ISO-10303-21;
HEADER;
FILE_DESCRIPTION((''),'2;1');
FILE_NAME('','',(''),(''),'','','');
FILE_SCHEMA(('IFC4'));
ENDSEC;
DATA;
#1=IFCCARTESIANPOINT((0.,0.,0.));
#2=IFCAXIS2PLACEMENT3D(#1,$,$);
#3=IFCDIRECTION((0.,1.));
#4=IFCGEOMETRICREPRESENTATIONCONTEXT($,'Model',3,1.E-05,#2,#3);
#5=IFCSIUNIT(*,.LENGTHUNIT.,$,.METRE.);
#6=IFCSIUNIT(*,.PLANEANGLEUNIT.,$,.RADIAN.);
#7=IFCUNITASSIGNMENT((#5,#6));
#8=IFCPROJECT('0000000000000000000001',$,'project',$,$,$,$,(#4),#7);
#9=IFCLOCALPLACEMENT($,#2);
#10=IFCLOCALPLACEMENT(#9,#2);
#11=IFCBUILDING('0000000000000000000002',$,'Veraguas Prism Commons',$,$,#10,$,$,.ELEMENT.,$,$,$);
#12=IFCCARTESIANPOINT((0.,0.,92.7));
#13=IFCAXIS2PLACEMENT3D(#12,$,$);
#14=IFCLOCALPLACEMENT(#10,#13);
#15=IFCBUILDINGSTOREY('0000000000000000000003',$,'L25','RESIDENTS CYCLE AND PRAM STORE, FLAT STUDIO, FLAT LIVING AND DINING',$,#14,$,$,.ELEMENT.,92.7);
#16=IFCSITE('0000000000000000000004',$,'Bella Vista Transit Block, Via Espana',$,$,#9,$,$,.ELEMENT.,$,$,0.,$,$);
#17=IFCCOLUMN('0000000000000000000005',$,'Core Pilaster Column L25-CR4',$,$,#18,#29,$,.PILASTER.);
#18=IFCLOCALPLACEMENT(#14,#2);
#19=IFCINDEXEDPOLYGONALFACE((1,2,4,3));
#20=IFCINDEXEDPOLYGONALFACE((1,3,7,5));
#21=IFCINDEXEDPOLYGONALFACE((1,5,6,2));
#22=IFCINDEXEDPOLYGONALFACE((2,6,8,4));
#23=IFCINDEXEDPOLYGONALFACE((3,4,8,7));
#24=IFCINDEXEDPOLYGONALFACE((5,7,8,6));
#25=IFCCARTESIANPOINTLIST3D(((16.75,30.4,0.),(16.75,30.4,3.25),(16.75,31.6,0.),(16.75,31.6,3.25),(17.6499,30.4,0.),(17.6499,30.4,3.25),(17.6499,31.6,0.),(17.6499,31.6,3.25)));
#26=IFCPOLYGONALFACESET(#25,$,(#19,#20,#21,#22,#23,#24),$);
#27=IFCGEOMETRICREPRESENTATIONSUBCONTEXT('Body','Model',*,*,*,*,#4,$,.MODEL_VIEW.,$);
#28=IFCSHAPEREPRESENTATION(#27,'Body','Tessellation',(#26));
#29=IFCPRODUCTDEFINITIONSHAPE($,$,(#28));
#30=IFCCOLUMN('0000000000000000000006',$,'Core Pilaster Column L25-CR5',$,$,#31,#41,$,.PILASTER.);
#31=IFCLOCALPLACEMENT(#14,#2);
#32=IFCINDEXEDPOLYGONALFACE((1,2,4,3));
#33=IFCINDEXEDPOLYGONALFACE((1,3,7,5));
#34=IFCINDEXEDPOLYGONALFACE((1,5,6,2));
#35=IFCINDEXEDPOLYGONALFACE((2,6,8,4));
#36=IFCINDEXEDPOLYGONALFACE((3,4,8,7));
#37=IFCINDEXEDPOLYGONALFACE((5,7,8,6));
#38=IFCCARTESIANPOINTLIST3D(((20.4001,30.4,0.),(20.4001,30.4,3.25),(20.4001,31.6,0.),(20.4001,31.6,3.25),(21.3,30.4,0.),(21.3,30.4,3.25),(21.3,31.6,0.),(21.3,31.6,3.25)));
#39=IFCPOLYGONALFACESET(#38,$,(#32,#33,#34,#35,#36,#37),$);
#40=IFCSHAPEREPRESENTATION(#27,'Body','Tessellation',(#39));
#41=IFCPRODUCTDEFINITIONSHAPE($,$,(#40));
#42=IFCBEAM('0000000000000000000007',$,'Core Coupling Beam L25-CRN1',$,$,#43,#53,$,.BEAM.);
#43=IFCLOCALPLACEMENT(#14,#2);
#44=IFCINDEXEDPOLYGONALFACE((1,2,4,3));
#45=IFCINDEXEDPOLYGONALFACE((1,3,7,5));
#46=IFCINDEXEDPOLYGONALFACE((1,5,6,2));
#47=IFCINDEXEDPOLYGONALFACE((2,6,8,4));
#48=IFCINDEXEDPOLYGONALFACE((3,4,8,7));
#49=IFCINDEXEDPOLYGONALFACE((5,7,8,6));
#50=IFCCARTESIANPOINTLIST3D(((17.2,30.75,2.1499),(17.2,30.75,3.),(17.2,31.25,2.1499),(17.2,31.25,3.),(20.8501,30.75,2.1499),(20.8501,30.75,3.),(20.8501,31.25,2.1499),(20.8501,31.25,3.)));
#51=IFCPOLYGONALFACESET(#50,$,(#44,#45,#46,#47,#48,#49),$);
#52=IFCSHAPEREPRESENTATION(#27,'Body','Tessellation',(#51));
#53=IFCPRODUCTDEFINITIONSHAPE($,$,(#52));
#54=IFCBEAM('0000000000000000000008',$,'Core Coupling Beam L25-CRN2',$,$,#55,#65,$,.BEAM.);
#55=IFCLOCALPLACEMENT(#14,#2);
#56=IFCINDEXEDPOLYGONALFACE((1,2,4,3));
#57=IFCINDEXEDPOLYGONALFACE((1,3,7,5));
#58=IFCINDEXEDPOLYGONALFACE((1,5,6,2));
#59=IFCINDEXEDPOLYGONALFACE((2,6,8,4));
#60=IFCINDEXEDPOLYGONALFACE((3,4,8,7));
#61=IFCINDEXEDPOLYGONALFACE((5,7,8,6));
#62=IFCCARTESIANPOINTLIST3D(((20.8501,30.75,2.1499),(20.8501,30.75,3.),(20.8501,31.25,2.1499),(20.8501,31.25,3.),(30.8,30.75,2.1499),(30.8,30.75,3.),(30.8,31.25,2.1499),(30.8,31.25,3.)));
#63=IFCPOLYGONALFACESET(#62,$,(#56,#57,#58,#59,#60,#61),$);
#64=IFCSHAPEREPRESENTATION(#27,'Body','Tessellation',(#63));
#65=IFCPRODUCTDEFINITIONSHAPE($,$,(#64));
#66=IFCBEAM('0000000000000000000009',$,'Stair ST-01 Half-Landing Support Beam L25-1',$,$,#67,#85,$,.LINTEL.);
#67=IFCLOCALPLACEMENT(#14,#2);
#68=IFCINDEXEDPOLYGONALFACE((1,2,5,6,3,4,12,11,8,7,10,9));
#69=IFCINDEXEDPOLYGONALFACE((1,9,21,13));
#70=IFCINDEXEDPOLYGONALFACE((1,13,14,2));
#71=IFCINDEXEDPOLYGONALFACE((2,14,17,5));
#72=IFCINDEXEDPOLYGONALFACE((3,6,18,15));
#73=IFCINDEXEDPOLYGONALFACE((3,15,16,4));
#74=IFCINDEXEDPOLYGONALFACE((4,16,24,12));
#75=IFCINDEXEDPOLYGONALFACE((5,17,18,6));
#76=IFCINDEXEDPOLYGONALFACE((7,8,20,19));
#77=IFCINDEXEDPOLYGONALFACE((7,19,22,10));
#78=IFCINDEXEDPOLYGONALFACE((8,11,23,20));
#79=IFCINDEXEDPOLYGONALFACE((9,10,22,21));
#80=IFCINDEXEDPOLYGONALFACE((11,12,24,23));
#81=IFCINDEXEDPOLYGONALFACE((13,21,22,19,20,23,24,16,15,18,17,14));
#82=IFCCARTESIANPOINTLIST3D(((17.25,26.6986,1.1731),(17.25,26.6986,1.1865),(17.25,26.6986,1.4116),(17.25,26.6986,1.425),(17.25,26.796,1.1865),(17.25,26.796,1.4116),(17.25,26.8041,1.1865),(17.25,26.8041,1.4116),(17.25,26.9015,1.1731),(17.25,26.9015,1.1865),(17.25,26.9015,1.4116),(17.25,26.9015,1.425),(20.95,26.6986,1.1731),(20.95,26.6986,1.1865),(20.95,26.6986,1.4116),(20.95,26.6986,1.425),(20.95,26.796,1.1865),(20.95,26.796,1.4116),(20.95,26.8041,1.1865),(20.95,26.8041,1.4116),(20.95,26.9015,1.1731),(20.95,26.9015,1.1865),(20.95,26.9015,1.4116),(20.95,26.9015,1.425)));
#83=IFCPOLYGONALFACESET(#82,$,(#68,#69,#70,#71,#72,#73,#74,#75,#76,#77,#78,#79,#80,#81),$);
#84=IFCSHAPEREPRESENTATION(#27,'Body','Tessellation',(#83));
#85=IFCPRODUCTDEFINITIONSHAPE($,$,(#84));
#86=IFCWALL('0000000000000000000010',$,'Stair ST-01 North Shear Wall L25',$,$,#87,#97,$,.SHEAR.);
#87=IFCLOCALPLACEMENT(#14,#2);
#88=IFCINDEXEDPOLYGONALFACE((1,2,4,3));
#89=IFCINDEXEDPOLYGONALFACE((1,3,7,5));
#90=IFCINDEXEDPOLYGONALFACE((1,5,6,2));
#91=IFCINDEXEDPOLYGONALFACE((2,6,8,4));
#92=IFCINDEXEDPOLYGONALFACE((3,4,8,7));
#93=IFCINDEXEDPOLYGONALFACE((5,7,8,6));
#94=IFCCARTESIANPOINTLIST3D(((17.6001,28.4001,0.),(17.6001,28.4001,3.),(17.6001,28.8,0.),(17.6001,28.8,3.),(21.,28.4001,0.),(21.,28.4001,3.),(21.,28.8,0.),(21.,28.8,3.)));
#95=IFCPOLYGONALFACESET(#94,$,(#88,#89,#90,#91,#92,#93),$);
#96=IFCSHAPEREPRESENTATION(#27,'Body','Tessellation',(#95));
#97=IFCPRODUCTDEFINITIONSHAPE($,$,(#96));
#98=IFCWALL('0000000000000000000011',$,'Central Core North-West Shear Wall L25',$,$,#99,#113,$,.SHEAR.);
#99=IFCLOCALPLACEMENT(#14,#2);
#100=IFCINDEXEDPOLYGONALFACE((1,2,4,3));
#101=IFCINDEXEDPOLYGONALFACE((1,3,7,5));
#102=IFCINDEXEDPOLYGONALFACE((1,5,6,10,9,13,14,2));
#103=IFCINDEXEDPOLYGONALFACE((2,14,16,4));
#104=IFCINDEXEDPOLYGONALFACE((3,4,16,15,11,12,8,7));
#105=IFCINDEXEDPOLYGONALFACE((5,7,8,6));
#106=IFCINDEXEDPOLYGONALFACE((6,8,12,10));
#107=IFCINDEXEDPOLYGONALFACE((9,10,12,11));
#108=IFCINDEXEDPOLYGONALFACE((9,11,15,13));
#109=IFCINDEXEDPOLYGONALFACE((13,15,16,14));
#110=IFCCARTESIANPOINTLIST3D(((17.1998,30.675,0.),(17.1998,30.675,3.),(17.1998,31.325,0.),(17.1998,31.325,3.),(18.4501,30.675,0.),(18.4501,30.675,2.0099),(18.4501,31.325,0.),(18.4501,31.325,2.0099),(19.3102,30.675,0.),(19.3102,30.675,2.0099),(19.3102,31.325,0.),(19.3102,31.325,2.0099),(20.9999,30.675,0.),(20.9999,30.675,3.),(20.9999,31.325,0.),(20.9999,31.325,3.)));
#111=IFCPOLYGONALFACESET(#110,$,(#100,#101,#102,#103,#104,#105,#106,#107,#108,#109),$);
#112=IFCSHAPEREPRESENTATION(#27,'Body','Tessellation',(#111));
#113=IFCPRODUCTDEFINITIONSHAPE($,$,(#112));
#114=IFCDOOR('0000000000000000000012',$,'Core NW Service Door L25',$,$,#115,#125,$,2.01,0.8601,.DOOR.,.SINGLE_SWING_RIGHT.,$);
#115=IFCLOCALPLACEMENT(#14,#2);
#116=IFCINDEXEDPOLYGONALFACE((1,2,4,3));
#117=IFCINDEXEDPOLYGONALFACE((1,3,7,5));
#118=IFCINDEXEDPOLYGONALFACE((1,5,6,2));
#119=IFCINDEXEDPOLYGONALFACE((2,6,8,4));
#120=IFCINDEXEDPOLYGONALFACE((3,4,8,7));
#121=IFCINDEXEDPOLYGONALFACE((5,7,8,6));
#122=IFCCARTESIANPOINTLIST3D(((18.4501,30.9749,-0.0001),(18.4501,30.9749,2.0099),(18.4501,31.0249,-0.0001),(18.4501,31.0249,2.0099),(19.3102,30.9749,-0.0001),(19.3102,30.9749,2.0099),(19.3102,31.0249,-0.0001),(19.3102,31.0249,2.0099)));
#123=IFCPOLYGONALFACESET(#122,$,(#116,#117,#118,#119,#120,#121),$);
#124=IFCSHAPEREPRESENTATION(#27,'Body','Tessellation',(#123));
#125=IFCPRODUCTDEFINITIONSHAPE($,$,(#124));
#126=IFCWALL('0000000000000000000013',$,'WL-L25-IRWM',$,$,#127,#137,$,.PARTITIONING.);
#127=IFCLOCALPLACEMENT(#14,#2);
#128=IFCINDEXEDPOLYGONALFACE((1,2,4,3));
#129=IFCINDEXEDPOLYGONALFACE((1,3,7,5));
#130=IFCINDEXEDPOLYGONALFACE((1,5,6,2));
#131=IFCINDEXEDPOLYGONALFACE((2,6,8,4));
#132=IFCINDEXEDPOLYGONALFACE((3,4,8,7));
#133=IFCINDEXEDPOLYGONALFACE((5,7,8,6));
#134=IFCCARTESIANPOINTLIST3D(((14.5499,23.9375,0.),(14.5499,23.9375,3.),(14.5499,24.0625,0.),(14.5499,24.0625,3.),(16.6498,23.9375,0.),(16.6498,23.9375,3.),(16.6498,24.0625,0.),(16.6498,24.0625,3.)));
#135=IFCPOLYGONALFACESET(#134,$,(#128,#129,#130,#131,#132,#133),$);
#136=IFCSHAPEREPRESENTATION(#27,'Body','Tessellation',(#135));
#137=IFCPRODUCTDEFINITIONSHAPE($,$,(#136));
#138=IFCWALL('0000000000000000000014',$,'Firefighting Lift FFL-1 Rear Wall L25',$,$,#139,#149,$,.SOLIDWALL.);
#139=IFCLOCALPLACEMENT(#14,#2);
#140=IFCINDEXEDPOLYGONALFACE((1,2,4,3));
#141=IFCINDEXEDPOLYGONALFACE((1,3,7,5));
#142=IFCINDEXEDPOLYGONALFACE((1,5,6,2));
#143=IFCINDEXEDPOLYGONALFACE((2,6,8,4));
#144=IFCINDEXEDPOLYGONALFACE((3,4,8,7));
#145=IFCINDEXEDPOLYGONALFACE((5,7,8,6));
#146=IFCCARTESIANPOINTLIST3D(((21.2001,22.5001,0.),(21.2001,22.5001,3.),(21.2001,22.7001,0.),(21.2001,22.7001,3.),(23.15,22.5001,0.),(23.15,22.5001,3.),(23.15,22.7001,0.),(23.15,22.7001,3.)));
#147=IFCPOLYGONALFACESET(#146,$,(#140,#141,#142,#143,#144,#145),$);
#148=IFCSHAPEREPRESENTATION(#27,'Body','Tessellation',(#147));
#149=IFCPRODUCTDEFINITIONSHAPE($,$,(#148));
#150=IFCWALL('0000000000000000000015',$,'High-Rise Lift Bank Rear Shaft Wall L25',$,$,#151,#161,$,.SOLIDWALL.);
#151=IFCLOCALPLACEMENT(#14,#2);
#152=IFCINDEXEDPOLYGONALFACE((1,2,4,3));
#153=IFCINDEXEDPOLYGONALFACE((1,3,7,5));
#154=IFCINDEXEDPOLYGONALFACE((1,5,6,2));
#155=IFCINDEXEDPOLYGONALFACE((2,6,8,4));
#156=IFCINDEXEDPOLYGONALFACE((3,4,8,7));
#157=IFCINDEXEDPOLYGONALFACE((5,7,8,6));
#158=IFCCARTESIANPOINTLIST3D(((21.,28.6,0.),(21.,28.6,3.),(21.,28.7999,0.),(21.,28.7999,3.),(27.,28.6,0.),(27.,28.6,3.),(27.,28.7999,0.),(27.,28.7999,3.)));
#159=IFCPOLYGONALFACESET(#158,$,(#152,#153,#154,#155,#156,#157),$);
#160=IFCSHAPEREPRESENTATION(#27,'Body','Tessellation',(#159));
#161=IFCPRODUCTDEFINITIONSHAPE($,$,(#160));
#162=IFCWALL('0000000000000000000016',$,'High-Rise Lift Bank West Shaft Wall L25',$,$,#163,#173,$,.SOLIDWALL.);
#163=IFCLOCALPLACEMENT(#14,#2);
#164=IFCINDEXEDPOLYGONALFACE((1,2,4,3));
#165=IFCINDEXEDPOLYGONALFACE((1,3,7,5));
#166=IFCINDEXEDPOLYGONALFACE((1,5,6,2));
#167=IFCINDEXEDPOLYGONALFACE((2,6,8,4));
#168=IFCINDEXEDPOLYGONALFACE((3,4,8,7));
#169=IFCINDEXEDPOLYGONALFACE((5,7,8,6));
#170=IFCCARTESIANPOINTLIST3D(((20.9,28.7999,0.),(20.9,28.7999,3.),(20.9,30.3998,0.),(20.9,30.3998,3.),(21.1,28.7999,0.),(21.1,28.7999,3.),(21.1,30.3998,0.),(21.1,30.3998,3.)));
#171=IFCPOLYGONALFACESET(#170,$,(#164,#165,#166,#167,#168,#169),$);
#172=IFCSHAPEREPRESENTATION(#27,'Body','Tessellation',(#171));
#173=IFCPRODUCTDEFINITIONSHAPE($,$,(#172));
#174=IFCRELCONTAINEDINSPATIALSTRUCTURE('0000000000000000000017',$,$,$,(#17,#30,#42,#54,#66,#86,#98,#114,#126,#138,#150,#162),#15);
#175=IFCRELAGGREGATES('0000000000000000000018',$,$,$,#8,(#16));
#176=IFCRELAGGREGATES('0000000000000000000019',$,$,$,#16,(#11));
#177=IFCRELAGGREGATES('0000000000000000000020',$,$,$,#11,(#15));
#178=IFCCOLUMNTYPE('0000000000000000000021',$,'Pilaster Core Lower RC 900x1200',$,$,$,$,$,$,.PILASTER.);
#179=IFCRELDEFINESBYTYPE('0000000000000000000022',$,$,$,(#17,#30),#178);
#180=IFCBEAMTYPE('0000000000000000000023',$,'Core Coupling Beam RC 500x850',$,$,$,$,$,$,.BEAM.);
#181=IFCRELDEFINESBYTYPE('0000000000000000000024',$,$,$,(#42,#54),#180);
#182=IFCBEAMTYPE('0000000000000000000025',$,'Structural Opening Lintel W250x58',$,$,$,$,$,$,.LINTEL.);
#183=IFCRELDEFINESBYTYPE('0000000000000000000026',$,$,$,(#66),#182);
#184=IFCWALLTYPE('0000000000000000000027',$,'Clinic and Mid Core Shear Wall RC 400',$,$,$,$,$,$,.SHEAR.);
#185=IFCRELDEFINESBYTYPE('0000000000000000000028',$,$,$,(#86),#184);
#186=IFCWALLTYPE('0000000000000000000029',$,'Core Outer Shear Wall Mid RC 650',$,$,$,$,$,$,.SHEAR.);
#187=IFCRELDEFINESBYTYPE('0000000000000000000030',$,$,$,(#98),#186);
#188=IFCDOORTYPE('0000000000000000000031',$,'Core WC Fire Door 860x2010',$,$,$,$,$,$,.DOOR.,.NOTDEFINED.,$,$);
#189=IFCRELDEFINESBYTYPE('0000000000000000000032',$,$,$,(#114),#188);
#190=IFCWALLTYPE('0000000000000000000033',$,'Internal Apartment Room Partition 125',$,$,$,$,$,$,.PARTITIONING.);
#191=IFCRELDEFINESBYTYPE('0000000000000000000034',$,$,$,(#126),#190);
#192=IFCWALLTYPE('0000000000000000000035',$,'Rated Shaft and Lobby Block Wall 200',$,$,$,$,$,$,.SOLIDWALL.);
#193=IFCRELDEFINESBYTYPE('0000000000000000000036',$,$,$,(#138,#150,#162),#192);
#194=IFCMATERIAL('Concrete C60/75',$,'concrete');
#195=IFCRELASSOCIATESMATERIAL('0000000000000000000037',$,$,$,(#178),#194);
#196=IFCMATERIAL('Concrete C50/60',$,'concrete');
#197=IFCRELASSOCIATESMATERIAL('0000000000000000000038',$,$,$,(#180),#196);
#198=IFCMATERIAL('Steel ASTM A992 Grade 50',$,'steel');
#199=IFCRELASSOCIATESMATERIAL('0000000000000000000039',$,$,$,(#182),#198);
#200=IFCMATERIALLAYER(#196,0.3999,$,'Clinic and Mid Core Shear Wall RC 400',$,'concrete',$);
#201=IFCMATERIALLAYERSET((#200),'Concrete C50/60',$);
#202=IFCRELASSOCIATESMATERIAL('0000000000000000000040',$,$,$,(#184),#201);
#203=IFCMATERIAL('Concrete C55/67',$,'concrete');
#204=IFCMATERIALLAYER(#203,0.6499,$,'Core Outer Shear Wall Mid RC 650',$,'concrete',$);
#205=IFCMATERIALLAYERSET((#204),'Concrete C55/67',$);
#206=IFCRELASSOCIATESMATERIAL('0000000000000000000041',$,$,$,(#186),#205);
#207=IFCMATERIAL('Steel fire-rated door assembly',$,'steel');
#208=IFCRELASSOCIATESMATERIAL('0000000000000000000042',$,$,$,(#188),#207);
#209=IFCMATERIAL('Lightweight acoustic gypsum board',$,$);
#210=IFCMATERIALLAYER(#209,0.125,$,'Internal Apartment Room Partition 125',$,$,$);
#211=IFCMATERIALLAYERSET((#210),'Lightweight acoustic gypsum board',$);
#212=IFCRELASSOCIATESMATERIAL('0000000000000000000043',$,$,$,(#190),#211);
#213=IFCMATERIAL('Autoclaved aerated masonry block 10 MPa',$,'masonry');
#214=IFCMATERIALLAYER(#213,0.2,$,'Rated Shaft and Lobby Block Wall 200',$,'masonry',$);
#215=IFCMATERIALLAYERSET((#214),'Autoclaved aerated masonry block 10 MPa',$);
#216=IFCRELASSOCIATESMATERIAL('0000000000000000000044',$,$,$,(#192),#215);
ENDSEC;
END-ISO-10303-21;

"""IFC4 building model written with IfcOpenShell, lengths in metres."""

from ifc_helpers import new_model, si_unit, direction, frame, frame_2d, origin, origin_2d, place, context, subcontext, project, spatial, rectangle, i_section, extrude, source, transform, mapped, material, layer, layer_set, material_profile, profile_set, type_object, element, fill, save


model = new_model("IFC4")

# Units and contexts
model_context = context("Model", 3, precision=1e-05, world=origin(), true_north=direction((0.0, 1.0)))
body_context = subcontext(model_context, "Body", "Model", "MODEL_VIEW")
ifc_project = project(units=[si_unit("LENGTHUNIT", "METRE"), si_unit("PLANEANGLEUNIT", "RADIAN")], contexts=[model_context])

# Site, building, storey
site_placement = place(None, origin())
site = spatial("IfcSite", under=ifc_project, at=site_placement, Name="Bella Vista Transit Block, Via Espana", CompositionType="ELEMENT", RefElevation=0.0)
building_placement = place(site_placement, origin())
building = spatial("IfcBuilding", under=site, at=building_placement, Name="Veraguas Prism Commons", CompositionType="ELEMENT")
storey_placement = place(building_placement, frame((0.0, 0.0, 92.7)))
storey = spatial("IfcBuildingStorey", under=building, at=storey_placement, Name="L25", Description="RESIDENTS CYCLE AND PRAM STORE, FLAT STUDIO, FLAT LIVING AND DINING", CompositionType="ELEMENT", Elevation=92.7)

# Columns
ifc_material_1 = material(Name="Concrete C60/75", Category="concrete")
ifc_material_profile_1 = material_profile(ifc_material_1, rectangle(XDim=0.8999, YDim=1.2, at=origin_2d()), Name="RC900X1200")
ifc_profile_set_1 = profile_set([ifc_material_profile_1], Name="Concrete C60/75")
column_type = type_object("IfcColumnType", Name="Pilaster Core Lower RC 900x1200", PredefinedType="PILASTER", material=ifc_profile_set_1)
for number, where, z_axis, x_axis, name in (
    (1, (17.2, 31.0, 0.0), (0.0, 0.0, 1.0), (1.0, 0.0, 0.0), "Core Pilaster Column L25-CR4"),
    (2, (20.8501, 31.0, 0.0), (0.0, 0.0, 1.0), (1.0, 0.0, 0.0), "Core Pilaster Column L25-CR5"),
):
    element("IfcColumn", number, at=place(storey_placement, frame(where, z_axis=z_axis, x_axis=x_axis)), inside=storey, type_object=column_type, Name=name, PredefinedType="PILASTER", context=body_context, shape_type="SweptSolid", body=[
        extrude(rectangle(XDim=0.8999, YDim=1.2, at=origin_2d()), origin(), (0.0, 0.0, 1.0), 3.25),
    ])

# Beams
ifc_material_2 = material(Name="Concrete C50/60", Category="concrete")
ifc_material_profile_2 = material_profile(ifc_material_2, rectangle(XDim=0.5, YDim=0.8501, at=origin_2d()), Name="RC500X850")
ifc_profile_set_2 = profile_set([ifc_material_profile_2], Name="Concrete C50/60")
beam_type_1 = type_object("IfcBeamType", Name="Core Coupling Beam RC 500x850", PredefinedType="BEAM", material=ifc_profile_set_2)
beam_1_placement = place(storey_placement, frame((17.2, 31.0, 2.575), z_axis=(1.0, 0.0, 0.0), x_axis=(0.0, 1.0, 0.0)))
element("IfcBeam", 3, at=beam_1_placement, inside=storey, type_object=beam_type_1, Name="Core Coupling Beam L25-CRN1", PredefinedType="BEAM", context=body_context, shape_type="SweptSolid", body=[
    extrude(rectangle(XDim=0.5, YDim=0.8501, at=origin_2d()), origin(), (0.0, 0.0, 1.0), 3.6501),
])
beam_2_placement = place(storey_placement, frame((20.8501, 31.0, 2.575), z_axis=(1.0, 0.0, 0.0), x_axis=(0.0, 1.0, 0.0)))
element("IfcBeam", 4, at=beam_2_placement, inside=storey, type_object=beam_type_1, Name="Core Coupling Beam L25-CRN2", PredefinedType="BEAM", context=body_context, shape_type="SweptSolid", body=[
    extrude(rectangle(XDim=0.5, YDim=0.8501, at=origin_2d()), origin(), (0.0, 0.0, 1.0), 9.95),
])
ifc_material_3 = material(Name="Steel ASTM A992 Grade 50", Category="steel")
ifc_material_profile_3 = material_profile(ifc_material_3, i_section(OverallWidth=0.2029, OverallDepth=0.252, WebThickness=0.0081, FlangeThickness=0.0134, at=origin_2d()), Name="W250X58")
ifc_profile_set_3 = profile_set([ifc_material_profile_3], Name="Steel ASTM A992 Grade 50")
beam_type_2 = type_object("IfcBeamType", Name="Structural Opening Lintel W250x58", PredefinedType="LINTEL", material=ifc_profile_set_3)
beam_3_placement = place(storey_placement, frame((17.25, 26.8, 1.2991), z_axis=(1.0, 0.0, 0.0), x_axis=(0.0, 1.0, 0.0)))
element("IfcBeam", 5, at=beam_3_placement, inside=storey, type_object=beam_type_2, Name="Stair ST-01 Half-Landing Support Beam L25-1", PredefinedType="LINTEL", context=body_context, shape_type="SweptSolid", body=[
    extrude(i_section(OverallWidth=0.2029, OverallDepth=0.252, WebThickness=0.0081, FlangeThickness=0.0134, at=origin_2d()), origin(), (0.0, 0.0, 1.0), 3.7),
])

# Wall
ifc_layer_1 = layer(ifc_material_2, 0.3999, Name="Clinic and Mid Core Shear Wall RC 400", Category="concrete")
ifc_layer_set_1 = layer_set([ifc_layer_1], Name="Concrete C50/60")
wall_type_1 = type_object("IfcWallType", Name="Clinic and Mid Core Shear Wall RC 400", PredefinedType="SHEAR", material=ifc_layer_set_1)
wall_1_placement = place(storey_placement, frame((17.6001, 28.6001, 0.0), z_axis=(0.0, 0.0, 1.0), x_axis=(1.0, 0.0, 0.0)))
element("IfcWall", 6, at=wall_1_placement, inside=storey, type_object=wall_type_1, Name="Stair ST-01 North Shear Wall L25", PredefinedType="SHEAR", context=body_context, shape_type="SweptSolid", body=[
    extrude(rectangle(XDim=3.3999, YDim=0.3999, at=frame_2d((1.7, 0.0))), origin(), (0.0, 0.0, 1.0), 3.0),
])

# Wall, opening, door
ifc_material_4 = material(Name="Concrete C55/67", Category="concrete")
ifc_layer_2 = layer(ifc_material_4, 0.6499, Name="Core Outer Shear Wall Mid RC 650", Category="concrete")
ifc_layer_set_2 = layer_set([ifc_layer_2], Name="Concrete C55/67")
wall_type_2 = type_object("IfcWallType", Name="Core Outer Shear Wall Mid RC 650", PredefinedType="SHEAR", material=ifc_layer_set_2)
wall_2_placement = place(storey_placement, frame((17.2, 31.0, 0.0), z_axis=(0.0, 0.0, 1.0), x_axis=(1.0, 0.0, 0.0)))
wall_2 = element("IfcWall", 7, at=wall_2_placement, inside=storey, type_object=wall_type_2, Name="Central Core North-West Shear Wall L25", PredefinedType="SHEAR", context=body_context, shape_type="SweptSolid", body=[
    extrude(rectangle(XDim=3.8, YDim=0.6499, at=frame_2d((1.8999, 0.0))), origin(), (0.0, 0.0, 1.0), 3.0),
])
opening_placement = place(wall_2_placement, frame((1.25, 0.0, 0.0)))
opening = element("IfcOpeningElement", 8, at=opening_placement, cuts=wall_2, PredefinedType="OPENING", context=body_context, shape_type="SweptSolid", body=[
    extrude(rectangle(XDim=0.8601, YDim=2.01, at=frame_2d((0.4302, 1.0049))), frame((0.0, 0.335, 0.0), z_axis=(0.0, -1.0, 0.0), x_axis=(1.0, 0.0, 0.0)), (0.0, 0.0, 1.0), 0.6699),
])
ifc_material_5 = material(Name="Steel fire-rated door assembly", Category="steel")
door_type = type_object("IfcDoorType", Name="Core WC Fire Door 860x2010", OperationType="NOTDEFINED", PredefinedType="DOOR", material=ifc_material_5)
shared_shape = source(origin(), body_context, "Body", "SweptSolid", [
    extrude(rectangle(XDim=0.8601, YDim=2.01, at=frame_2d((0.4302, 1.0049))), frame((0.0, 0.0249, 0.0), z_axis=(0.0, -1.0, 0.0), x_axis=(1.0, 0.0, 0.0)), (0.0, 0.0, 1.0), 0.05),
])
door_placement = place(opening_placement, origin())
door = element("IfcDoor", 9, at=door_placement, inside=storey, type_object=door_type, Name="Core NW Service Door L25", OperationType="SINGLE_SWING_RIGHT", OverallHeight=2.01, OverallWidth=0.8601, PredefinedType="DOOR", context=body_context, shape_type="MappedRepresentation", body=[
    mapped(shared_shape, transform((0.0, 0.0, 0.0), scale=1.0)),
])
fill(opening, door)

# Walls
ifc_material_6 = material(Name="Lightweight acoustic gypsum board")
ifc_layer_3 = layer(ifc_material_6, 0.125, Name="Internal Apartment Room Partition 125")
ifc_layer_set_3 = layer_set([ifc_layer_3], Name="Lightweight acoustic gypsum board")
wall_type_3 = type_object("IfcWallType", Name="Internal Apartment Room Partition 125", PredefinedType="PARTITIONING", material=ifc_layer_set_3)
wall_3_placement = place(storey_placement, frame((14.55, 24.0, 0.0), z_axis=(0.0, 0.0, 1.0), x_axis=(1.0, 0.0, 0.0)))
element("IfcWall", 10, at=wall_3_placement, inside=storey, type_object=wall_type_3, Name="WL-L25-IRWM", PredefinedType="PARTITIONING", context=body_context, shape_type="SweptSolid", body=[
    extrude(rectangle(XDim=2.0999, YDim=0.125, at=frame_2d((1.0498, 0.0))), origin(), (0.0, 0.0, 1.0), 3.0),
])
ifc_material_7 = material(Name="Autoclaved aerated masonry block 10 MPa", Category="masonry")
ifc_layer_4 = layer(ifc_material_7, 0.2, Name="Rated Shaft and Lobby Block Wall 200", Category="masonry")
ifc_layer_set_4 = layer_set([ifc_layer_4], Name="Autoclaved aerated masonry block 10 MPa")
wall_type_4 = type_object("IfcWallType", Name="Rated Shaft and Lobby Block Wall 200", PredefinedType="SOLIDWALL", material=ifc_layer_set_4)
wall_4_placement = place(storey_placement, frame((21.2, 22.6001, 0.0), z_axis=(0.0, 0.0, 1.0), x_axis=(1.0, 0.0, 0.0)))
element("IfcWall", 11, at=wall_4_placement, inside=storey, type_object=wall_type_4, Name="Firefighting Lift FFL-1 Rear Wall L25", PredefinedType="SOLIDWALL", context=body_context, shape_type="SweptSolid", body=[
    extrude(rectangle(XDim=1.95, YDim=0.2, at=frame_2d((0.9751, 0.0))), origin(), (0.0, 0.0, 1.0), 3.0),
])
wall_5_placement = place(storey_placement, frame((21.0, 28.7, 0.0), z_axis=(0.0, 0.0, 1.0), x_axis=(1.0, 0.0, 0.0)))
element("IfcWall", 12, at=wall_5_placement, inside=storey, type_object=wall_type_4, Name="High-Rise Lift Bank Rear Shaft Wall L25", PredefinedType="SOLIDWALL", context=body_context, shape_type="SweptSolid", body=[
    extrude(rectangle(XDim=6.0, YDim=0.2, at=frame_2d((3.0, 0.0))), origin(), (0.0, 0.0, 1.0), 3.0),
])
wall_6_placement = place(storey_placement, frame((21.0, 28.8, 0.0), z_axis=(0.0, 0.0, 1.0), x_axis=(0.0, 1.0, 0.0)))
element("IfcWall", 13, at=wall_6_placement, inside=storey, type_object=wall_type_4, Name="High-Rise Lift Bank West Shaft Wall L25", PredefinedType="SOLIDWALL", context=body_context, shape_type="SweptSolid", body=[
    extrude(rectangle(XDim=1.5999, YDim=0.2, at=frame_2d((0.7998, 0.0))), origin(), (0.0, 0.0, 1.0), 3.0),
])

save(model, "model.ifc")
